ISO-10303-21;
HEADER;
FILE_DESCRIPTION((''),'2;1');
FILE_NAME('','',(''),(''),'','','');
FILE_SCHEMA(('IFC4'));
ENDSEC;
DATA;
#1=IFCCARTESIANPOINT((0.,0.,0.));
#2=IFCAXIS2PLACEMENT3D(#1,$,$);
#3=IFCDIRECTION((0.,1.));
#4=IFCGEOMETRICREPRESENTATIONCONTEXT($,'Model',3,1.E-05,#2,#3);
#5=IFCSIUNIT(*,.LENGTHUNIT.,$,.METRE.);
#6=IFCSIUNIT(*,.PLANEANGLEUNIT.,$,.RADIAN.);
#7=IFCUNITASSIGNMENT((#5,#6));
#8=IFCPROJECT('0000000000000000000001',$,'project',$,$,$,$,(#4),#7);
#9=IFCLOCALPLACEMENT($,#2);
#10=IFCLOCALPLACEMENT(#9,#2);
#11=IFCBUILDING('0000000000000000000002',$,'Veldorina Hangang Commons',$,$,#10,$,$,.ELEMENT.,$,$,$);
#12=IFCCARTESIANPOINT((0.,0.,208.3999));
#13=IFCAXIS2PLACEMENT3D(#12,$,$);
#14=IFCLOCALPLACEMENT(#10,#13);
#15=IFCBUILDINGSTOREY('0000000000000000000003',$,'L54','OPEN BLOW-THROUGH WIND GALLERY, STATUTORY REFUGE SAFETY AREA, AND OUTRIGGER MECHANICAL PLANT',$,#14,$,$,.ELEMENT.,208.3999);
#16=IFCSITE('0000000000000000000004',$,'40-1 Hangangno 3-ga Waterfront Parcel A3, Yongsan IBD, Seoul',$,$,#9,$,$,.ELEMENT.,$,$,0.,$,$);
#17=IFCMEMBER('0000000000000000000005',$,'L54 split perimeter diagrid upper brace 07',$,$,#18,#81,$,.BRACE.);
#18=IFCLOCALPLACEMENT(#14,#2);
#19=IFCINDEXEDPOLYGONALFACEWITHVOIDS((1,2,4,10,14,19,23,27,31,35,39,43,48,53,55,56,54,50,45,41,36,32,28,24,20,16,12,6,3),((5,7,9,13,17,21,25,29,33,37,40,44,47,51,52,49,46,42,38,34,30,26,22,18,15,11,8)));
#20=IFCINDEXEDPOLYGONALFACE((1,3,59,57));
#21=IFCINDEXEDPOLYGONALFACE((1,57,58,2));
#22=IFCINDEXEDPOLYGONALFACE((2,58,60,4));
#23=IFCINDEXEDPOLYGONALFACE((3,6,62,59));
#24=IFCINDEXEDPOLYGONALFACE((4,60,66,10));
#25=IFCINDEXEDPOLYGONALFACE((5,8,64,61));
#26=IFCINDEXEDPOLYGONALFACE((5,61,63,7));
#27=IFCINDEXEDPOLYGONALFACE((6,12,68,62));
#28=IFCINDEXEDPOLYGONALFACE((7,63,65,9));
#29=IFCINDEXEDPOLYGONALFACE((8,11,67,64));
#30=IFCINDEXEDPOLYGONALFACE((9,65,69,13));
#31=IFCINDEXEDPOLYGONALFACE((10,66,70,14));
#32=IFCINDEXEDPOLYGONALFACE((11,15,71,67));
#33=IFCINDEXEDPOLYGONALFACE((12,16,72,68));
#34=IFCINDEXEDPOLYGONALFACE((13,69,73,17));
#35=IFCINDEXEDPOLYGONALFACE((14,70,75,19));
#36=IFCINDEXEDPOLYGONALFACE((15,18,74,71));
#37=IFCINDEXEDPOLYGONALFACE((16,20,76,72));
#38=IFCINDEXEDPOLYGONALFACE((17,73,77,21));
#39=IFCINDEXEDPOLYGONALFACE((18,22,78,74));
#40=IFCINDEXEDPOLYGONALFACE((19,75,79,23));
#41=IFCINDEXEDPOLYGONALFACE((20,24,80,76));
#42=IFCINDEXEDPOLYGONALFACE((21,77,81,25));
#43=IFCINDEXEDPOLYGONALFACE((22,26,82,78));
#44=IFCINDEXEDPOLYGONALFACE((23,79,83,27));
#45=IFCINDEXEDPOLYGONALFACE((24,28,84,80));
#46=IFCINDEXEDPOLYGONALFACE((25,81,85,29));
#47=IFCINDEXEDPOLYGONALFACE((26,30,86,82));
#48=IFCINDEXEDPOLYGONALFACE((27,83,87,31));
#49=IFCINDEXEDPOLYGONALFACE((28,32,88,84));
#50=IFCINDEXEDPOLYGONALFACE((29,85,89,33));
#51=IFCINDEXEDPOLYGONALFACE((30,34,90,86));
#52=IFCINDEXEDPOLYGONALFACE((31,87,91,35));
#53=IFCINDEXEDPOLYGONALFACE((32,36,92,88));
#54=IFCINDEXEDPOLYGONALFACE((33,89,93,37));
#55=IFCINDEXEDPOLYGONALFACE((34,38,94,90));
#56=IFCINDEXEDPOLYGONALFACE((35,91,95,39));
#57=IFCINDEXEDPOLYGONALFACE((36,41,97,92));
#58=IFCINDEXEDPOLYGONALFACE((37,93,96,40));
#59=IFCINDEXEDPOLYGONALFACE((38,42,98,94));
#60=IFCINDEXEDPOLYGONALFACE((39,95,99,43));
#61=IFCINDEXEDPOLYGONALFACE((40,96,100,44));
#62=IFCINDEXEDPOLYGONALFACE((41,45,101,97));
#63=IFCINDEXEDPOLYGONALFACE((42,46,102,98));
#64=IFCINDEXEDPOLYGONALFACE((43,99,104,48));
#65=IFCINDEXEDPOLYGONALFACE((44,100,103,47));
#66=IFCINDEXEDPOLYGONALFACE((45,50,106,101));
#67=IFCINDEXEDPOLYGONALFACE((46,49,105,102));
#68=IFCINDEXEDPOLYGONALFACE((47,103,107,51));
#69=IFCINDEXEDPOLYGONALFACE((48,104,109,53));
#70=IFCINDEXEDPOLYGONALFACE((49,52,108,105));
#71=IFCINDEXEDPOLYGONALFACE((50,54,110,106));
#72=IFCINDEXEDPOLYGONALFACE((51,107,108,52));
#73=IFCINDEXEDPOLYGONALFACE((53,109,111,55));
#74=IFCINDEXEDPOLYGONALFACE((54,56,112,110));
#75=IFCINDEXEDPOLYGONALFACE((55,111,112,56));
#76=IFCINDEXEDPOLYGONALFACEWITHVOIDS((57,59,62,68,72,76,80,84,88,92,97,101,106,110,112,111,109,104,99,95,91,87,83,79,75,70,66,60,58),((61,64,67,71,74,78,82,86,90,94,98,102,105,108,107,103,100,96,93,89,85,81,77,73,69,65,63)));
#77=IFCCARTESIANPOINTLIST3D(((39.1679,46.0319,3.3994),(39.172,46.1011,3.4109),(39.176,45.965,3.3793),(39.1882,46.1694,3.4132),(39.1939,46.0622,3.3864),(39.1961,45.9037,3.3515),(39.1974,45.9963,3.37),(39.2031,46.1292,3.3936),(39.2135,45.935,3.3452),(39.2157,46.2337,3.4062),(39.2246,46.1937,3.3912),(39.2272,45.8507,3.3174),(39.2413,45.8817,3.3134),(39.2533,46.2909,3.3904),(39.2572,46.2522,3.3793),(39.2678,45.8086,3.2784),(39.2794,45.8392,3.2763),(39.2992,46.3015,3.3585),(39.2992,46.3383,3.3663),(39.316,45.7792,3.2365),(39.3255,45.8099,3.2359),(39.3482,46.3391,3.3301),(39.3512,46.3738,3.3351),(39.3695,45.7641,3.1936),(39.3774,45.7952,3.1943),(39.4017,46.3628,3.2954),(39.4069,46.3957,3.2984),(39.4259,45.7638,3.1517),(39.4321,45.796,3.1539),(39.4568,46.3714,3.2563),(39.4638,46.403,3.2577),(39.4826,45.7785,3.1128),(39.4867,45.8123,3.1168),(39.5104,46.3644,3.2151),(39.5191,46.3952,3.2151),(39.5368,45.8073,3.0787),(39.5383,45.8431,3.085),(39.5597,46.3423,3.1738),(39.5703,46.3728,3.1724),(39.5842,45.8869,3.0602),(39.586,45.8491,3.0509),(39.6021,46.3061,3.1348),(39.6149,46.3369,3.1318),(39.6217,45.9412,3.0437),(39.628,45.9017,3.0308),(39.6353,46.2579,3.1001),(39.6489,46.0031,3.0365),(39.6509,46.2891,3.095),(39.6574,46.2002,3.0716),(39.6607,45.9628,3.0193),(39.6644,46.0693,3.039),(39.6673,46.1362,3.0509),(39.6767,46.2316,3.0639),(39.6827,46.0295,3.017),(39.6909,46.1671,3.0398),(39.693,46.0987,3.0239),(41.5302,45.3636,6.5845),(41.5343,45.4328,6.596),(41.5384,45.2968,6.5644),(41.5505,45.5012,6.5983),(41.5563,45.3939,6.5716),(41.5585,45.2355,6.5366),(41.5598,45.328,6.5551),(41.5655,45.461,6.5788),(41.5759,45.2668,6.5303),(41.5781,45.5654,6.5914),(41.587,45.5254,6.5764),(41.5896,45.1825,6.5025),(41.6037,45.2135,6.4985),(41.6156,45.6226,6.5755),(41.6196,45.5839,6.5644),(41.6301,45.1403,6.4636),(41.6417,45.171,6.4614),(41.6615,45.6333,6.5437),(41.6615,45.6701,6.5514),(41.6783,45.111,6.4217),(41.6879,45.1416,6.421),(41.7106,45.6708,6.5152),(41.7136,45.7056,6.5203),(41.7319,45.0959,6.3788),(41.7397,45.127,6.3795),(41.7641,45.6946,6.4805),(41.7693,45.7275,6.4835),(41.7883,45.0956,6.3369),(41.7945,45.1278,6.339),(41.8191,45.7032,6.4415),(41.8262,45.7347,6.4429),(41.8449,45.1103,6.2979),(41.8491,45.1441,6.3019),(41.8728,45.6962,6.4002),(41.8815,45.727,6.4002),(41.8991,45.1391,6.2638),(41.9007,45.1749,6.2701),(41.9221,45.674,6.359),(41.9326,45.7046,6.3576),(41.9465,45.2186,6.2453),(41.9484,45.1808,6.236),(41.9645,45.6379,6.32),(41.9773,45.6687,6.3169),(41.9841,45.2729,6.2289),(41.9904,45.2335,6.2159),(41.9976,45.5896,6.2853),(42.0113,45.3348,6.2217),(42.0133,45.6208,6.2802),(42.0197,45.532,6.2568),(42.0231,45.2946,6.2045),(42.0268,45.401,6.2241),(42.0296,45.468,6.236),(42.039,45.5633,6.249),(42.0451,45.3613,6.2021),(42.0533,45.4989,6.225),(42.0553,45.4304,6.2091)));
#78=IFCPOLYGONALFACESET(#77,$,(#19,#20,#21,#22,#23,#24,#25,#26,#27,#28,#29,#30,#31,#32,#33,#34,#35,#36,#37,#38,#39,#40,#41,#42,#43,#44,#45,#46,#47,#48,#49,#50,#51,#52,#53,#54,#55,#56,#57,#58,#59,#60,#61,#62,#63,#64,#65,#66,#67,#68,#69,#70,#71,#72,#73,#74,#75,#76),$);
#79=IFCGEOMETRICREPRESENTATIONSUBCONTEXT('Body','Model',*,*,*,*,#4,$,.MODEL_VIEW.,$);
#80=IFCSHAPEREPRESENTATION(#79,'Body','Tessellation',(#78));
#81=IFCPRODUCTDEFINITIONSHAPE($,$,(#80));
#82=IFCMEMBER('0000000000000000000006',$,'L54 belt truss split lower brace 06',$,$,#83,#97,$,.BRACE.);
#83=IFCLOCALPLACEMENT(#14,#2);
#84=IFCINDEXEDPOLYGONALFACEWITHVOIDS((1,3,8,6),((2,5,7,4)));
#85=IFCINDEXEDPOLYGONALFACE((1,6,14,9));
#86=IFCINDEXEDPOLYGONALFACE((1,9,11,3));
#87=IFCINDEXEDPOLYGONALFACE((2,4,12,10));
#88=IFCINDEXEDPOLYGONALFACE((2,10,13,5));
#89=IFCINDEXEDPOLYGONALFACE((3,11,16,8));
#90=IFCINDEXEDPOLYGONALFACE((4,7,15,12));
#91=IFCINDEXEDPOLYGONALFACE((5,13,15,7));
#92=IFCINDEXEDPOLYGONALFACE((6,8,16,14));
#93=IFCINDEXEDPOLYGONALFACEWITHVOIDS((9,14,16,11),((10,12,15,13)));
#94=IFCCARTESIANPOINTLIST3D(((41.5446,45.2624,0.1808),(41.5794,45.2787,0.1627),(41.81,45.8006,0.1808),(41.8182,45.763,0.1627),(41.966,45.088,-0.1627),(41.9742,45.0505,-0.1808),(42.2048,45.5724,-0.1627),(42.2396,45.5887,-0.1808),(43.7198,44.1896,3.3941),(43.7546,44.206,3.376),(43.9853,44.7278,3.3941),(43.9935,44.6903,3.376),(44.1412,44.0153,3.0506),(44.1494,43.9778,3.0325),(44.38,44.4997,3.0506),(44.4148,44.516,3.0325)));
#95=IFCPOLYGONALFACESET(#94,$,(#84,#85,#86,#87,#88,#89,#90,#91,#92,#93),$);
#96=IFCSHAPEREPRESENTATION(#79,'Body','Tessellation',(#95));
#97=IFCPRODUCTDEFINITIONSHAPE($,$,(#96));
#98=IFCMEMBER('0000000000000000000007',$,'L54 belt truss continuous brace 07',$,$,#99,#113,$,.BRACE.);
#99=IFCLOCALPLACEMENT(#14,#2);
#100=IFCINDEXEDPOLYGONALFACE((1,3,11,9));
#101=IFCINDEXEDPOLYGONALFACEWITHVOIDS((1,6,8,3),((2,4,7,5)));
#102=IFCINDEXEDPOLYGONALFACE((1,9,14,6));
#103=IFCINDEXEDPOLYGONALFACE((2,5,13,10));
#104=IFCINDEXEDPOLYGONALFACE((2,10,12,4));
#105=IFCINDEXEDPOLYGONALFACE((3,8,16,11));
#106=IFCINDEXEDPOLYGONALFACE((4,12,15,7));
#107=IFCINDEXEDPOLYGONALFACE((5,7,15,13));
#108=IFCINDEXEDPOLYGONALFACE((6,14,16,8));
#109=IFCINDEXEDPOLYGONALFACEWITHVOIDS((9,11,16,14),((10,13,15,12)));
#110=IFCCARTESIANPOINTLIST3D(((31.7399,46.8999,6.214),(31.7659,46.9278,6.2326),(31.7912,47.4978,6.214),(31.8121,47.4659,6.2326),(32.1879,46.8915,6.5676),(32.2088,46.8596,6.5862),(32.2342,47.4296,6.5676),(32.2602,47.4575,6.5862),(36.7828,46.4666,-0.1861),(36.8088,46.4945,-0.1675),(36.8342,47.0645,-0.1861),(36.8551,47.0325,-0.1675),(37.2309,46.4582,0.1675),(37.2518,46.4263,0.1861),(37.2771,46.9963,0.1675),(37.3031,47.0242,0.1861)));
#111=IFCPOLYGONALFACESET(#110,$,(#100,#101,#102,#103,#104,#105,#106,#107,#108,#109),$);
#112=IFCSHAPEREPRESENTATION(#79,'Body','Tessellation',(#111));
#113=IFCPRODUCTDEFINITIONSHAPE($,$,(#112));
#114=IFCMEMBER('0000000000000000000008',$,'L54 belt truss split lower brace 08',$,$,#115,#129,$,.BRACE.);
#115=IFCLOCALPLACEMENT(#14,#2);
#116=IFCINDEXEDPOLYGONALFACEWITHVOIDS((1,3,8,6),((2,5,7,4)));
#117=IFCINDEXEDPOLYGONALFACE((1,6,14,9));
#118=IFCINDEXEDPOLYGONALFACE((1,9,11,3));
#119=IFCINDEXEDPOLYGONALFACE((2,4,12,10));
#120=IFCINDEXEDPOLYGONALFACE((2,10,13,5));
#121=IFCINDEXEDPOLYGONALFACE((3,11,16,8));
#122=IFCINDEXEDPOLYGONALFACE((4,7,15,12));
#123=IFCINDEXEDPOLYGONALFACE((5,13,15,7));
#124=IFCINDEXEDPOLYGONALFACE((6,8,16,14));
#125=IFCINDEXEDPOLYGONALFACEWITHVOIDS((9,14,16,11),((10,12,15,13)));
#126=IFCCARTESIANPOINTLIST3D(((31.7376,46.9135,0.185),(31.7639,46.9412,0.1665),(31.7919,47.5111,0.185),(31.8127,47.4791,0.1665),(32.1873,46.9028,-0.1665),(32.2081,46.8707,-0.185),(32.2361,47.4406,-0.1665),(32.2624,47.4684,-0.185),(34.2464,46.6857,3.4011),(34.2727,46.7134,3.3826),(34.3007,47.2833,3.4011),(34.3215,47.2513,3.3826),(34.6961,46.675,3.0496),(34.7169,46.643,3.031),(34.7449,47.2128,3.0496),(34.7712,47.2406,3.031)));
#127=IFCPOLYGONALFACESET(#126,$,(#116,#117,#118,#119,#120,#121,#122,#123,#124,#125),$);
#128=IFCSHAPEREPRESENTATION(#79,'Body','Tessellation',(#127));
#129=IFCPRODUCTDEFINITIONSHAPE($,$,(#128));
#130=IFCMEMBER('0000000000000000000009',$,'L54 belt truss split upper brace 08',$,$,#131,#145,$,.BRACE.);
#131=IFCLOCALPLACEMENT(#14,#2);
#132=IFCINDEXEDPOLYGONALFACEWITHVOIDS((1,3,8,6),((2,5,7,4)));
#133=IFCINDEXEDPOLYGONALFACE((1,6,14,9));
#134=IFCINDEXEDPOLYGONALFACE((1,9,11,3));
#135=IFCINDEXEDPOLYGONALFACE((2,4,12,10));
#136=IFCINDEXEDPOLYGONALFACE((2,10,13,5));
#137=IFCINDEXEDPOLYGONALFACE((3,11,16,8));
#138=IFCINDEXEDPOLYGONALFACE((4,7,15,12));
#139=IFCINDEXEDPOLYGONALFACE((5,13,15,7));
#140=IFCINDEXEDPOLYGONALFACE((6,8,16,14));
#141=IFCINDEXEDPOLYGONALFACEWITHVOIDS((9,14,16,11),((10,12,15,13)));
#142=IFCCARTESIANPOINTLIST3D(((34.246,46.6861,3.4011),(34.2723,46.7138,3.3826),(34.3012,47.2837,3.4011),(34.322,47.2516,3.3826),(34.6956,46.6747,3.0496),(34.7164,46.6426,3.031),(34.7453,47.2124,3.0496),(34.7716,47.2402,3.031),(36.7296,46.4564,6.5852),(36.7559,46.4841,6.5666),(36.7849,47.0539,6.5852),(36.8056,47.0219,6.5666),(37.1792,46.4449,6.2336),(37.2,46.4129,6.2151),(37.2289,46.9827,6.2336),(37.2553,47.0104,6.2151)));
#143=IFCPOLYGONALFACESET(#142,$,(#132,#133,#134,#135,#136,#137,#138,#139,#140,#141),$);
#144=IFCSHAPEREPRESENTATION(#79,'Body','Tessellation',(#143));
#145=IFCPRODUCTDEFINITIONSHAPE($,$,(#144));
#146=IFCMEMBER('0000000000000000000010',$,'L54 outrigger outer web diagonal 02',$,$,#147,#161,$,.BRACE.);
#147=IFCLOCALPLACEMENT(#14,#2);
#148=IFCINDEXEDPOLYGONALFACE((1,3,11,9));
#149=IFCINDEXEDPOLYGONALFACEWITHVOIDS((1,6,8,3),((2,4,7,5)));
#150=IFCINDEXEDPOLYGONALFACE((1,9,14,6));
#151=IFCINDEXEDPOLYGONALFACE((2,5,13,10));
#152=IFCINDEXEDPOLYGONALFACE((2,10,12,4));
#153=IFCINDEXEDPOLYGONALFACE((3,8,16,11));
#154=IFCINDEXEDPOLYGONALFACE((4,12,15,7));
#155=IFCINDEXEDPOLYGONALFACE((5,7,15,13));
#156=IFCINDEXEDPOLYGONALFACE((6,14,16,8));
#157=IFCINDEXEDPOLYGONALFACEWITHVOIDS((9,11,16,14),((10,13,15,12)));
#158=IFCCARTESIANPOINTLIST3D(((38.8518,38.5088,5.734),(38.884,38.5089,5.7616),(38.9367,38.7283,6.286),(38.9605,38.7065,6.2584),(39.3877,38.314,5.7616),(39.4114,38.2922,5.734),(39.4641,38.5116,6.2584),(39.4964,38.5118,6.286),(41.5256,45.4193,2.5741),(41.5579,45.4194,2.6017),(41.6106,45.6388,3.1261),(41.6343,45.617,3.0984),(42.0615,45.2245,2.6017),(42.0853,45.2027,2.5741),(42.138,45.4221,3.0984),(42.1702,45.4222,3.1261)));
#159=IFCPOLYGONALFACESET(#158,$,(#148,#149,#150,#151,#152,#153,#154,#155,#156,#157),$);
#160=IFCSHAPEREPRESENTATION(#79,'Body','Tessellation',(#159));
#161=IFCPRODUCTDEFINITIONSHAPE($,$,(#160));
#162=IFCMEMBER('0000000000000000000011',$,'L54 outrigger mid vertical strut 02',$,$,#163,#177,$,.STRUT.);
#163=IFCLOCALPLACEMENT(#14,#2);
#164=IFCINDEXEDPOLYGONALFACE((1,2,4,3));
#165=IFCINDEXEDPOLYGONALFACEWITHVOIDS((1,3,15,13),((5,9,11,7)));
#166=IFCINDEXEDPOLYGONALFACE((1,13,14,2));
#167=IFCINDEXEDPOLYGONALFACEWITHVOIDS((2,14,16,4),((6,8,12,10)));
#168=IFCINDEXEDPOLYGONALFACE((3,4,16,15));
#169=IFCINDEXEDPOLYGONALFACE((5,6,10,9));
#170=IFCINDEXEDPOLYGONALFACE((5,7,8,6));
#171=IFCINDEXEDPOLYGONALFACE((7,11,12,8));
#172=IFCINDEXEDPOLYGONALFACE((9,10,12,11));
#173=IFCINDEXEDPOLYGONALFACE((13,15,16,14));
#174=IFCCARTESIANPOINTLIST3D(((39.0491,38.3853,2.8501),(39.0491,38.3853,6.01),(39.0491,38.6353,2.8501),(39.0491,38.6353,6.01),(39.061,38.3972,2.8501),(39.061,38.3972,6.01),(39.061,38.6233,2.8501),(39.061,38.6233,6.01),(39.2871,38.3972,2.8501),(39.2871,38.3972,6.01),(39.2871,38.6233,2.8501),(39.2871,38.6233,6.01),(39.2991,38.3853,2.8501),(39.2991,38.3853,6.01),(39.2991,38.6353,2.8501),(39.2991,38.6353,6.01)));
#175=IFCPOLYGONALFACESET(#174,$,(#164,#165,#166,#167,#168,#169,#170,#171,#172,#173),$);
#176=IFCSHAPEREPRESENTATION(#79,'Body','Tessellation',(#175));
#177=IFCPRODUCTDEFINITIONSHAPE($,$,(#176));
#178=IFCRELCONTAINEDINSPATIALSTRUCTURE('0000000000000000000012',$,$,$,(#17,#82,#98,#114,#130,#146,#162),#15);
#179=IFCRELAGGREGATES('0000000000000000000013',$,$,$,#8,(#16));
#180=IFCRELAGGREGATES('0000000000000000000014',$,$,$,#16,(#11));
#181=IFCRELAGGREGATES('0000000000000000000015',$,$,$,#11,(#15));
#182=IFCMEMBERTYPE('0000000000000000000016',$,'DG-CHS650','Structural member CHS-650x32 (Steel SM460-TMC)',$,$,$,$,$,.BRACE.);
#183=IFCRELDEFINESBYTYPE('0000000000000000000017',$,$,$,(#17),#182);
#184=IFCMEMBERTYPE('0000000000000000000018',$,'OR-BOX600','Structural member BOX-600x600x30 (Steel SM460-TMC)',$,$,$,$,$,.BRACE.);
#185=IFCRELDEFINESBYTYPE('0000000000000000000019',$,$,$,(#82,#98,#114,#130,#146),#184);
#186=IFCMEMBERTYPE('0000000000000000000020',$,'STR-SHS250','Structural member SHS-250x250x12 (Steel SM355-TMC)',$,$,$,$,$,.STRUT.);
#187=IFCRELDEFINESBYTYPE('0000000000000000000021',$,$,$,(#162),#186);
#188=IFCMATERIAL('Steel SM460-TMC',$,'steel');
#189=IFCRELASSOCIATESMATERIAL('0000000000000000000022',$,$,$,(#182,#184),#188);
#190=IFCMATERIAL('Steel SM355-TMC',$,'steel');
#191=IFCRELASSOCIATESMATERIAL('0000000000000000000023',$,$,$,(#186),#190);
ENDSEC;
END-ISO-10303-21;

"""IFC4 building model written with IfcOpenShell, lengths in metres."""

from ifc_helpers import new_model, si_unit, direction, frame, origin, origin_2d, place, context, subcontext, project, spatial, hollow_rectangle, hollow_circle, extrude, material, material_profile, profile_set, type_object, element, save


model = new_model("IFC4")

# Units and contexts
model_context = context("Model", 3, precision=1e-05, world=origin(), true_north=direction((0.0, 1.0)))
body_context = subcontext(model_context, "Body", "Model", "MODEL_VIEW")
ifc_project = project(units=[si_unit("LENGTHUNIT", "METRE"), si_unit("PLANEANGLEUNIT", "RADIAN")], contexts=[model_context])

# Site, building, storey
site_placement = place(None, origin())
site = spatial("IfcSite", under=ifc_project, at=site_placement, Name="40-1 Hangangno 3-ga Waterfront Parcel A3, Yongsan IBD, Seoul", CompositionType="ELEMENT", RefElevation=0.0)
building_placement = place(site_placement, origin())
building = spatial("IfcBuilding", under=site, at=building_placement, Name="Veldorina Hangang Commons", CompositionType="ELEMENT")
storey_placement = place(building_placement, frame((0.0, 0.0, 208.3999)))
storey = spatial("IfcBuildingStorey", under=building, at=storey_placement, Name="L54", Description="OPEN BLOW-THROUGH WIND GALLERY, STATUTORY REFUGE SAFETY AREA, AND OUTRIGGER MECHANICAL PLANT", CompositionType="ELEMENT", Elevation=208.3999)

# Shared definitions
ifc_material_1 = material(Name="Steel SM460-TMC", Category="steel")
ifc_material_2 = material(Name="Steel SM355-TMC", Category="steel")

# Members
ifc_material_profile_1 = material_profile(ifc_material_1, hollow_circle(Radius=0.325, WallThickness=0.032, at=origin_2d()), Name="CHS-650x32")
ifc_profile_set_1 = profile_set([ifc_material_profile_1], Name="Steel SM460-TMC")
member_type_1 = type_object("IfcMemberType", Name="DG-CHS650", Description="Structural member CHS-650x32 (Steel SM460-TMC)", PredefinedType="BRACE", material=ifc_profile_set_1)
member_1_placement = place(storey_placement, frame((39.4307, 46.0825, 3.2151), z_axis=(0.587435, -0.166165, 0.792029), x_axis=(0.272185, 0.962245, 0.0)))
element("IfcMember", 1, at=member_1_placement, inside=storey, type_object=member_type_1, Name="L54 split perimeter diagrid upper brace 07", PredefinedType="BRACE", context=body_context, shape_type="SweptSolid", body=[
    extrude(hollow_circle(Radius=0.325, WallThickness=0.032, at=origin_2d()), origin(), (0.0, 0.0, 1.0), 4.0215),
])
ifc_material_profile_2 = material_profile(ifc_material_1, hollow_rectangle(XDim=0.6001, YDim=0.6001, WallThickness=0.03, at=origin_2d()), Name="BOX-600x600x30")
ifc_profile_set_2 = profile_set([ifc_material_profile_2], Name="Steel SM460-TMC")
member_type_2 = type_object("IfcMemberType", Name="OR-BOX600", Description="Structural member BOX-600x600x30 (Steel SM460-TMC)", PredefinedType="BRACE", material=ifc_profile_set_2)
member_2_placement = place(storey_placement, frame((41.8921, 45.4255, 0.0), z_axis=(0.540314, -0.266458, 0.798161), x_axis=(0.442295, 0.89687, 0.0)))
element("IfcMember", 2, at=member_2_placement, inside=storey, type_object=member_type_2, Name="L54 belt truss split lower brace 06", PredefinedType="BRACE", context=body_context, shape_type="SweptSolid", body=[
    extrude(hollow_rectangle(XDim=0.6001, YDim=0.6001, WallThickness=0.03, at=origin_2d()), origin(), (0.0, 0.0, 1.0), 4.0259),
])
member_3_placement = place(storey_placement, frame((37.043, 46.7454, 0.0), z_axis=(-0.618031, 0.053108, 0.784358), x_axis=(-0.085616, -0.996328, 0.0)))
element("IfcMember", 3, at=member_3_placement, inside=storey, type_object=member_type_2, Name="L54 belt truss continuous brace 07", PredefinedType="BRACE", context=body_context, shape_type="SweptSolid", body=[
    extrude(hollow_rectangle(XDim=0.6001, YDim=0.6001, WallThickness=0.03, at=origin_2d()), origin(), (0.0, 0.0, 1.0), 8.1597),
])
member_4_placement = place(storey_placement, frame((32.0, 47.1909, 0.0), z_axis=(0.614114, -0.055758, 0.787245), x_axis=(0.090422, 0.995904, 0.0)))
element("IfcMember", 4, at=member_4_placement, inside=storey, type_object=member_type_2, Name="L54 belt truss split lower brace 08", PredefinedType="BRACE", context=body_context, shape_type="SweptSolid", body=[
    extrude(hollow_rectangle(XDim=0.6001, YDim=0.6001, WallThickness=0.03, at=origin_2d()), origin(), (0.0, 0.0, 1.0), 4.0852),
])
member_5_placement = place(storey_placement, frame((34.5088, 46.9631, 3.2161), z_axis=(0.614048, -0.056799, 0.787222), x_axis=(0.092107, 0.995749, 0.0)))
element("IfcMember", 5, at=member_5_placement, inside=storey, type_object=member_type_2, Name="L54 belt truss split upper brace 08", PredefinedType="BRACE", context=body_context, shape_type="SweptSolid", body=[
    extrude(hollow_rectangle(XDim=0.6001, YDim=0.6001, WallThickness=0.03, at=origin_2d()), origin(), (0.0, 0.0, 1.0), 4.0447),
])
member_6_placement = place(storey_placement, frame((39.1741, 38.5103, 6.01), z_axis=(0.331934, 0.857869, -0.392277), x_axis=(-0.932621, 0.360857, 0.0)))
element("IfcMember", 6, at=member_6_placement, inside=storey, type_object=member_type_2, Name="L54 outrigger outer web diagonal 02", PredefinedType="BRACE", context=body_context, shape_type="SweptSolid", body=[
    extrude(hollow_rectangle(XDim=0.6001, YDim=0.6001, WallThickness=0.03, at=origin_2d()), origin(), (0.0, 0.0, 1.0), 8.0554),
])
ifc_material_profile_3 = material_profile(ifc_material_2, hollow_rectangle(XDim=0.25, YDim=0.25, WallThickness=0.012, at=origin_2d()), Name="SHS-250x250x12")
ifc_profile_set_3 = profile_set([ifc_material_profile_3], Name="Steel SM355-TMC")
member_type_3 = type_object("IfcMemberType", Name="STR-SHS250", Description="Structural member SHS-250x250x12 (Steel SM355-TMC)", PredefinedType="STRUT", material=ifc_profile_set_3)
member_7_placement = place(storey_placement, frame((39.1741, 38.5103, 2.8501), z_axis=(0.0, 0.0, 1.0), x_axis=(1.0, 0.0, 0.0)))
element("IfcMember", 7, at=member_7_placement, inside=storey, type_object=member_type_3, Name="L54 outrigger mid vertical strut 02", PredefinedType="STRUT", context=body_context, shape_type="SweptSolid", body=[
    extrude(hollow_rectangle(XDim=0.25, YDim=0.25, WallThickness=0.012, at=origin_2d()), origin(), (0.0, 0.0, 1.0), 3.1599),
])

save(model, "model.ifc")
